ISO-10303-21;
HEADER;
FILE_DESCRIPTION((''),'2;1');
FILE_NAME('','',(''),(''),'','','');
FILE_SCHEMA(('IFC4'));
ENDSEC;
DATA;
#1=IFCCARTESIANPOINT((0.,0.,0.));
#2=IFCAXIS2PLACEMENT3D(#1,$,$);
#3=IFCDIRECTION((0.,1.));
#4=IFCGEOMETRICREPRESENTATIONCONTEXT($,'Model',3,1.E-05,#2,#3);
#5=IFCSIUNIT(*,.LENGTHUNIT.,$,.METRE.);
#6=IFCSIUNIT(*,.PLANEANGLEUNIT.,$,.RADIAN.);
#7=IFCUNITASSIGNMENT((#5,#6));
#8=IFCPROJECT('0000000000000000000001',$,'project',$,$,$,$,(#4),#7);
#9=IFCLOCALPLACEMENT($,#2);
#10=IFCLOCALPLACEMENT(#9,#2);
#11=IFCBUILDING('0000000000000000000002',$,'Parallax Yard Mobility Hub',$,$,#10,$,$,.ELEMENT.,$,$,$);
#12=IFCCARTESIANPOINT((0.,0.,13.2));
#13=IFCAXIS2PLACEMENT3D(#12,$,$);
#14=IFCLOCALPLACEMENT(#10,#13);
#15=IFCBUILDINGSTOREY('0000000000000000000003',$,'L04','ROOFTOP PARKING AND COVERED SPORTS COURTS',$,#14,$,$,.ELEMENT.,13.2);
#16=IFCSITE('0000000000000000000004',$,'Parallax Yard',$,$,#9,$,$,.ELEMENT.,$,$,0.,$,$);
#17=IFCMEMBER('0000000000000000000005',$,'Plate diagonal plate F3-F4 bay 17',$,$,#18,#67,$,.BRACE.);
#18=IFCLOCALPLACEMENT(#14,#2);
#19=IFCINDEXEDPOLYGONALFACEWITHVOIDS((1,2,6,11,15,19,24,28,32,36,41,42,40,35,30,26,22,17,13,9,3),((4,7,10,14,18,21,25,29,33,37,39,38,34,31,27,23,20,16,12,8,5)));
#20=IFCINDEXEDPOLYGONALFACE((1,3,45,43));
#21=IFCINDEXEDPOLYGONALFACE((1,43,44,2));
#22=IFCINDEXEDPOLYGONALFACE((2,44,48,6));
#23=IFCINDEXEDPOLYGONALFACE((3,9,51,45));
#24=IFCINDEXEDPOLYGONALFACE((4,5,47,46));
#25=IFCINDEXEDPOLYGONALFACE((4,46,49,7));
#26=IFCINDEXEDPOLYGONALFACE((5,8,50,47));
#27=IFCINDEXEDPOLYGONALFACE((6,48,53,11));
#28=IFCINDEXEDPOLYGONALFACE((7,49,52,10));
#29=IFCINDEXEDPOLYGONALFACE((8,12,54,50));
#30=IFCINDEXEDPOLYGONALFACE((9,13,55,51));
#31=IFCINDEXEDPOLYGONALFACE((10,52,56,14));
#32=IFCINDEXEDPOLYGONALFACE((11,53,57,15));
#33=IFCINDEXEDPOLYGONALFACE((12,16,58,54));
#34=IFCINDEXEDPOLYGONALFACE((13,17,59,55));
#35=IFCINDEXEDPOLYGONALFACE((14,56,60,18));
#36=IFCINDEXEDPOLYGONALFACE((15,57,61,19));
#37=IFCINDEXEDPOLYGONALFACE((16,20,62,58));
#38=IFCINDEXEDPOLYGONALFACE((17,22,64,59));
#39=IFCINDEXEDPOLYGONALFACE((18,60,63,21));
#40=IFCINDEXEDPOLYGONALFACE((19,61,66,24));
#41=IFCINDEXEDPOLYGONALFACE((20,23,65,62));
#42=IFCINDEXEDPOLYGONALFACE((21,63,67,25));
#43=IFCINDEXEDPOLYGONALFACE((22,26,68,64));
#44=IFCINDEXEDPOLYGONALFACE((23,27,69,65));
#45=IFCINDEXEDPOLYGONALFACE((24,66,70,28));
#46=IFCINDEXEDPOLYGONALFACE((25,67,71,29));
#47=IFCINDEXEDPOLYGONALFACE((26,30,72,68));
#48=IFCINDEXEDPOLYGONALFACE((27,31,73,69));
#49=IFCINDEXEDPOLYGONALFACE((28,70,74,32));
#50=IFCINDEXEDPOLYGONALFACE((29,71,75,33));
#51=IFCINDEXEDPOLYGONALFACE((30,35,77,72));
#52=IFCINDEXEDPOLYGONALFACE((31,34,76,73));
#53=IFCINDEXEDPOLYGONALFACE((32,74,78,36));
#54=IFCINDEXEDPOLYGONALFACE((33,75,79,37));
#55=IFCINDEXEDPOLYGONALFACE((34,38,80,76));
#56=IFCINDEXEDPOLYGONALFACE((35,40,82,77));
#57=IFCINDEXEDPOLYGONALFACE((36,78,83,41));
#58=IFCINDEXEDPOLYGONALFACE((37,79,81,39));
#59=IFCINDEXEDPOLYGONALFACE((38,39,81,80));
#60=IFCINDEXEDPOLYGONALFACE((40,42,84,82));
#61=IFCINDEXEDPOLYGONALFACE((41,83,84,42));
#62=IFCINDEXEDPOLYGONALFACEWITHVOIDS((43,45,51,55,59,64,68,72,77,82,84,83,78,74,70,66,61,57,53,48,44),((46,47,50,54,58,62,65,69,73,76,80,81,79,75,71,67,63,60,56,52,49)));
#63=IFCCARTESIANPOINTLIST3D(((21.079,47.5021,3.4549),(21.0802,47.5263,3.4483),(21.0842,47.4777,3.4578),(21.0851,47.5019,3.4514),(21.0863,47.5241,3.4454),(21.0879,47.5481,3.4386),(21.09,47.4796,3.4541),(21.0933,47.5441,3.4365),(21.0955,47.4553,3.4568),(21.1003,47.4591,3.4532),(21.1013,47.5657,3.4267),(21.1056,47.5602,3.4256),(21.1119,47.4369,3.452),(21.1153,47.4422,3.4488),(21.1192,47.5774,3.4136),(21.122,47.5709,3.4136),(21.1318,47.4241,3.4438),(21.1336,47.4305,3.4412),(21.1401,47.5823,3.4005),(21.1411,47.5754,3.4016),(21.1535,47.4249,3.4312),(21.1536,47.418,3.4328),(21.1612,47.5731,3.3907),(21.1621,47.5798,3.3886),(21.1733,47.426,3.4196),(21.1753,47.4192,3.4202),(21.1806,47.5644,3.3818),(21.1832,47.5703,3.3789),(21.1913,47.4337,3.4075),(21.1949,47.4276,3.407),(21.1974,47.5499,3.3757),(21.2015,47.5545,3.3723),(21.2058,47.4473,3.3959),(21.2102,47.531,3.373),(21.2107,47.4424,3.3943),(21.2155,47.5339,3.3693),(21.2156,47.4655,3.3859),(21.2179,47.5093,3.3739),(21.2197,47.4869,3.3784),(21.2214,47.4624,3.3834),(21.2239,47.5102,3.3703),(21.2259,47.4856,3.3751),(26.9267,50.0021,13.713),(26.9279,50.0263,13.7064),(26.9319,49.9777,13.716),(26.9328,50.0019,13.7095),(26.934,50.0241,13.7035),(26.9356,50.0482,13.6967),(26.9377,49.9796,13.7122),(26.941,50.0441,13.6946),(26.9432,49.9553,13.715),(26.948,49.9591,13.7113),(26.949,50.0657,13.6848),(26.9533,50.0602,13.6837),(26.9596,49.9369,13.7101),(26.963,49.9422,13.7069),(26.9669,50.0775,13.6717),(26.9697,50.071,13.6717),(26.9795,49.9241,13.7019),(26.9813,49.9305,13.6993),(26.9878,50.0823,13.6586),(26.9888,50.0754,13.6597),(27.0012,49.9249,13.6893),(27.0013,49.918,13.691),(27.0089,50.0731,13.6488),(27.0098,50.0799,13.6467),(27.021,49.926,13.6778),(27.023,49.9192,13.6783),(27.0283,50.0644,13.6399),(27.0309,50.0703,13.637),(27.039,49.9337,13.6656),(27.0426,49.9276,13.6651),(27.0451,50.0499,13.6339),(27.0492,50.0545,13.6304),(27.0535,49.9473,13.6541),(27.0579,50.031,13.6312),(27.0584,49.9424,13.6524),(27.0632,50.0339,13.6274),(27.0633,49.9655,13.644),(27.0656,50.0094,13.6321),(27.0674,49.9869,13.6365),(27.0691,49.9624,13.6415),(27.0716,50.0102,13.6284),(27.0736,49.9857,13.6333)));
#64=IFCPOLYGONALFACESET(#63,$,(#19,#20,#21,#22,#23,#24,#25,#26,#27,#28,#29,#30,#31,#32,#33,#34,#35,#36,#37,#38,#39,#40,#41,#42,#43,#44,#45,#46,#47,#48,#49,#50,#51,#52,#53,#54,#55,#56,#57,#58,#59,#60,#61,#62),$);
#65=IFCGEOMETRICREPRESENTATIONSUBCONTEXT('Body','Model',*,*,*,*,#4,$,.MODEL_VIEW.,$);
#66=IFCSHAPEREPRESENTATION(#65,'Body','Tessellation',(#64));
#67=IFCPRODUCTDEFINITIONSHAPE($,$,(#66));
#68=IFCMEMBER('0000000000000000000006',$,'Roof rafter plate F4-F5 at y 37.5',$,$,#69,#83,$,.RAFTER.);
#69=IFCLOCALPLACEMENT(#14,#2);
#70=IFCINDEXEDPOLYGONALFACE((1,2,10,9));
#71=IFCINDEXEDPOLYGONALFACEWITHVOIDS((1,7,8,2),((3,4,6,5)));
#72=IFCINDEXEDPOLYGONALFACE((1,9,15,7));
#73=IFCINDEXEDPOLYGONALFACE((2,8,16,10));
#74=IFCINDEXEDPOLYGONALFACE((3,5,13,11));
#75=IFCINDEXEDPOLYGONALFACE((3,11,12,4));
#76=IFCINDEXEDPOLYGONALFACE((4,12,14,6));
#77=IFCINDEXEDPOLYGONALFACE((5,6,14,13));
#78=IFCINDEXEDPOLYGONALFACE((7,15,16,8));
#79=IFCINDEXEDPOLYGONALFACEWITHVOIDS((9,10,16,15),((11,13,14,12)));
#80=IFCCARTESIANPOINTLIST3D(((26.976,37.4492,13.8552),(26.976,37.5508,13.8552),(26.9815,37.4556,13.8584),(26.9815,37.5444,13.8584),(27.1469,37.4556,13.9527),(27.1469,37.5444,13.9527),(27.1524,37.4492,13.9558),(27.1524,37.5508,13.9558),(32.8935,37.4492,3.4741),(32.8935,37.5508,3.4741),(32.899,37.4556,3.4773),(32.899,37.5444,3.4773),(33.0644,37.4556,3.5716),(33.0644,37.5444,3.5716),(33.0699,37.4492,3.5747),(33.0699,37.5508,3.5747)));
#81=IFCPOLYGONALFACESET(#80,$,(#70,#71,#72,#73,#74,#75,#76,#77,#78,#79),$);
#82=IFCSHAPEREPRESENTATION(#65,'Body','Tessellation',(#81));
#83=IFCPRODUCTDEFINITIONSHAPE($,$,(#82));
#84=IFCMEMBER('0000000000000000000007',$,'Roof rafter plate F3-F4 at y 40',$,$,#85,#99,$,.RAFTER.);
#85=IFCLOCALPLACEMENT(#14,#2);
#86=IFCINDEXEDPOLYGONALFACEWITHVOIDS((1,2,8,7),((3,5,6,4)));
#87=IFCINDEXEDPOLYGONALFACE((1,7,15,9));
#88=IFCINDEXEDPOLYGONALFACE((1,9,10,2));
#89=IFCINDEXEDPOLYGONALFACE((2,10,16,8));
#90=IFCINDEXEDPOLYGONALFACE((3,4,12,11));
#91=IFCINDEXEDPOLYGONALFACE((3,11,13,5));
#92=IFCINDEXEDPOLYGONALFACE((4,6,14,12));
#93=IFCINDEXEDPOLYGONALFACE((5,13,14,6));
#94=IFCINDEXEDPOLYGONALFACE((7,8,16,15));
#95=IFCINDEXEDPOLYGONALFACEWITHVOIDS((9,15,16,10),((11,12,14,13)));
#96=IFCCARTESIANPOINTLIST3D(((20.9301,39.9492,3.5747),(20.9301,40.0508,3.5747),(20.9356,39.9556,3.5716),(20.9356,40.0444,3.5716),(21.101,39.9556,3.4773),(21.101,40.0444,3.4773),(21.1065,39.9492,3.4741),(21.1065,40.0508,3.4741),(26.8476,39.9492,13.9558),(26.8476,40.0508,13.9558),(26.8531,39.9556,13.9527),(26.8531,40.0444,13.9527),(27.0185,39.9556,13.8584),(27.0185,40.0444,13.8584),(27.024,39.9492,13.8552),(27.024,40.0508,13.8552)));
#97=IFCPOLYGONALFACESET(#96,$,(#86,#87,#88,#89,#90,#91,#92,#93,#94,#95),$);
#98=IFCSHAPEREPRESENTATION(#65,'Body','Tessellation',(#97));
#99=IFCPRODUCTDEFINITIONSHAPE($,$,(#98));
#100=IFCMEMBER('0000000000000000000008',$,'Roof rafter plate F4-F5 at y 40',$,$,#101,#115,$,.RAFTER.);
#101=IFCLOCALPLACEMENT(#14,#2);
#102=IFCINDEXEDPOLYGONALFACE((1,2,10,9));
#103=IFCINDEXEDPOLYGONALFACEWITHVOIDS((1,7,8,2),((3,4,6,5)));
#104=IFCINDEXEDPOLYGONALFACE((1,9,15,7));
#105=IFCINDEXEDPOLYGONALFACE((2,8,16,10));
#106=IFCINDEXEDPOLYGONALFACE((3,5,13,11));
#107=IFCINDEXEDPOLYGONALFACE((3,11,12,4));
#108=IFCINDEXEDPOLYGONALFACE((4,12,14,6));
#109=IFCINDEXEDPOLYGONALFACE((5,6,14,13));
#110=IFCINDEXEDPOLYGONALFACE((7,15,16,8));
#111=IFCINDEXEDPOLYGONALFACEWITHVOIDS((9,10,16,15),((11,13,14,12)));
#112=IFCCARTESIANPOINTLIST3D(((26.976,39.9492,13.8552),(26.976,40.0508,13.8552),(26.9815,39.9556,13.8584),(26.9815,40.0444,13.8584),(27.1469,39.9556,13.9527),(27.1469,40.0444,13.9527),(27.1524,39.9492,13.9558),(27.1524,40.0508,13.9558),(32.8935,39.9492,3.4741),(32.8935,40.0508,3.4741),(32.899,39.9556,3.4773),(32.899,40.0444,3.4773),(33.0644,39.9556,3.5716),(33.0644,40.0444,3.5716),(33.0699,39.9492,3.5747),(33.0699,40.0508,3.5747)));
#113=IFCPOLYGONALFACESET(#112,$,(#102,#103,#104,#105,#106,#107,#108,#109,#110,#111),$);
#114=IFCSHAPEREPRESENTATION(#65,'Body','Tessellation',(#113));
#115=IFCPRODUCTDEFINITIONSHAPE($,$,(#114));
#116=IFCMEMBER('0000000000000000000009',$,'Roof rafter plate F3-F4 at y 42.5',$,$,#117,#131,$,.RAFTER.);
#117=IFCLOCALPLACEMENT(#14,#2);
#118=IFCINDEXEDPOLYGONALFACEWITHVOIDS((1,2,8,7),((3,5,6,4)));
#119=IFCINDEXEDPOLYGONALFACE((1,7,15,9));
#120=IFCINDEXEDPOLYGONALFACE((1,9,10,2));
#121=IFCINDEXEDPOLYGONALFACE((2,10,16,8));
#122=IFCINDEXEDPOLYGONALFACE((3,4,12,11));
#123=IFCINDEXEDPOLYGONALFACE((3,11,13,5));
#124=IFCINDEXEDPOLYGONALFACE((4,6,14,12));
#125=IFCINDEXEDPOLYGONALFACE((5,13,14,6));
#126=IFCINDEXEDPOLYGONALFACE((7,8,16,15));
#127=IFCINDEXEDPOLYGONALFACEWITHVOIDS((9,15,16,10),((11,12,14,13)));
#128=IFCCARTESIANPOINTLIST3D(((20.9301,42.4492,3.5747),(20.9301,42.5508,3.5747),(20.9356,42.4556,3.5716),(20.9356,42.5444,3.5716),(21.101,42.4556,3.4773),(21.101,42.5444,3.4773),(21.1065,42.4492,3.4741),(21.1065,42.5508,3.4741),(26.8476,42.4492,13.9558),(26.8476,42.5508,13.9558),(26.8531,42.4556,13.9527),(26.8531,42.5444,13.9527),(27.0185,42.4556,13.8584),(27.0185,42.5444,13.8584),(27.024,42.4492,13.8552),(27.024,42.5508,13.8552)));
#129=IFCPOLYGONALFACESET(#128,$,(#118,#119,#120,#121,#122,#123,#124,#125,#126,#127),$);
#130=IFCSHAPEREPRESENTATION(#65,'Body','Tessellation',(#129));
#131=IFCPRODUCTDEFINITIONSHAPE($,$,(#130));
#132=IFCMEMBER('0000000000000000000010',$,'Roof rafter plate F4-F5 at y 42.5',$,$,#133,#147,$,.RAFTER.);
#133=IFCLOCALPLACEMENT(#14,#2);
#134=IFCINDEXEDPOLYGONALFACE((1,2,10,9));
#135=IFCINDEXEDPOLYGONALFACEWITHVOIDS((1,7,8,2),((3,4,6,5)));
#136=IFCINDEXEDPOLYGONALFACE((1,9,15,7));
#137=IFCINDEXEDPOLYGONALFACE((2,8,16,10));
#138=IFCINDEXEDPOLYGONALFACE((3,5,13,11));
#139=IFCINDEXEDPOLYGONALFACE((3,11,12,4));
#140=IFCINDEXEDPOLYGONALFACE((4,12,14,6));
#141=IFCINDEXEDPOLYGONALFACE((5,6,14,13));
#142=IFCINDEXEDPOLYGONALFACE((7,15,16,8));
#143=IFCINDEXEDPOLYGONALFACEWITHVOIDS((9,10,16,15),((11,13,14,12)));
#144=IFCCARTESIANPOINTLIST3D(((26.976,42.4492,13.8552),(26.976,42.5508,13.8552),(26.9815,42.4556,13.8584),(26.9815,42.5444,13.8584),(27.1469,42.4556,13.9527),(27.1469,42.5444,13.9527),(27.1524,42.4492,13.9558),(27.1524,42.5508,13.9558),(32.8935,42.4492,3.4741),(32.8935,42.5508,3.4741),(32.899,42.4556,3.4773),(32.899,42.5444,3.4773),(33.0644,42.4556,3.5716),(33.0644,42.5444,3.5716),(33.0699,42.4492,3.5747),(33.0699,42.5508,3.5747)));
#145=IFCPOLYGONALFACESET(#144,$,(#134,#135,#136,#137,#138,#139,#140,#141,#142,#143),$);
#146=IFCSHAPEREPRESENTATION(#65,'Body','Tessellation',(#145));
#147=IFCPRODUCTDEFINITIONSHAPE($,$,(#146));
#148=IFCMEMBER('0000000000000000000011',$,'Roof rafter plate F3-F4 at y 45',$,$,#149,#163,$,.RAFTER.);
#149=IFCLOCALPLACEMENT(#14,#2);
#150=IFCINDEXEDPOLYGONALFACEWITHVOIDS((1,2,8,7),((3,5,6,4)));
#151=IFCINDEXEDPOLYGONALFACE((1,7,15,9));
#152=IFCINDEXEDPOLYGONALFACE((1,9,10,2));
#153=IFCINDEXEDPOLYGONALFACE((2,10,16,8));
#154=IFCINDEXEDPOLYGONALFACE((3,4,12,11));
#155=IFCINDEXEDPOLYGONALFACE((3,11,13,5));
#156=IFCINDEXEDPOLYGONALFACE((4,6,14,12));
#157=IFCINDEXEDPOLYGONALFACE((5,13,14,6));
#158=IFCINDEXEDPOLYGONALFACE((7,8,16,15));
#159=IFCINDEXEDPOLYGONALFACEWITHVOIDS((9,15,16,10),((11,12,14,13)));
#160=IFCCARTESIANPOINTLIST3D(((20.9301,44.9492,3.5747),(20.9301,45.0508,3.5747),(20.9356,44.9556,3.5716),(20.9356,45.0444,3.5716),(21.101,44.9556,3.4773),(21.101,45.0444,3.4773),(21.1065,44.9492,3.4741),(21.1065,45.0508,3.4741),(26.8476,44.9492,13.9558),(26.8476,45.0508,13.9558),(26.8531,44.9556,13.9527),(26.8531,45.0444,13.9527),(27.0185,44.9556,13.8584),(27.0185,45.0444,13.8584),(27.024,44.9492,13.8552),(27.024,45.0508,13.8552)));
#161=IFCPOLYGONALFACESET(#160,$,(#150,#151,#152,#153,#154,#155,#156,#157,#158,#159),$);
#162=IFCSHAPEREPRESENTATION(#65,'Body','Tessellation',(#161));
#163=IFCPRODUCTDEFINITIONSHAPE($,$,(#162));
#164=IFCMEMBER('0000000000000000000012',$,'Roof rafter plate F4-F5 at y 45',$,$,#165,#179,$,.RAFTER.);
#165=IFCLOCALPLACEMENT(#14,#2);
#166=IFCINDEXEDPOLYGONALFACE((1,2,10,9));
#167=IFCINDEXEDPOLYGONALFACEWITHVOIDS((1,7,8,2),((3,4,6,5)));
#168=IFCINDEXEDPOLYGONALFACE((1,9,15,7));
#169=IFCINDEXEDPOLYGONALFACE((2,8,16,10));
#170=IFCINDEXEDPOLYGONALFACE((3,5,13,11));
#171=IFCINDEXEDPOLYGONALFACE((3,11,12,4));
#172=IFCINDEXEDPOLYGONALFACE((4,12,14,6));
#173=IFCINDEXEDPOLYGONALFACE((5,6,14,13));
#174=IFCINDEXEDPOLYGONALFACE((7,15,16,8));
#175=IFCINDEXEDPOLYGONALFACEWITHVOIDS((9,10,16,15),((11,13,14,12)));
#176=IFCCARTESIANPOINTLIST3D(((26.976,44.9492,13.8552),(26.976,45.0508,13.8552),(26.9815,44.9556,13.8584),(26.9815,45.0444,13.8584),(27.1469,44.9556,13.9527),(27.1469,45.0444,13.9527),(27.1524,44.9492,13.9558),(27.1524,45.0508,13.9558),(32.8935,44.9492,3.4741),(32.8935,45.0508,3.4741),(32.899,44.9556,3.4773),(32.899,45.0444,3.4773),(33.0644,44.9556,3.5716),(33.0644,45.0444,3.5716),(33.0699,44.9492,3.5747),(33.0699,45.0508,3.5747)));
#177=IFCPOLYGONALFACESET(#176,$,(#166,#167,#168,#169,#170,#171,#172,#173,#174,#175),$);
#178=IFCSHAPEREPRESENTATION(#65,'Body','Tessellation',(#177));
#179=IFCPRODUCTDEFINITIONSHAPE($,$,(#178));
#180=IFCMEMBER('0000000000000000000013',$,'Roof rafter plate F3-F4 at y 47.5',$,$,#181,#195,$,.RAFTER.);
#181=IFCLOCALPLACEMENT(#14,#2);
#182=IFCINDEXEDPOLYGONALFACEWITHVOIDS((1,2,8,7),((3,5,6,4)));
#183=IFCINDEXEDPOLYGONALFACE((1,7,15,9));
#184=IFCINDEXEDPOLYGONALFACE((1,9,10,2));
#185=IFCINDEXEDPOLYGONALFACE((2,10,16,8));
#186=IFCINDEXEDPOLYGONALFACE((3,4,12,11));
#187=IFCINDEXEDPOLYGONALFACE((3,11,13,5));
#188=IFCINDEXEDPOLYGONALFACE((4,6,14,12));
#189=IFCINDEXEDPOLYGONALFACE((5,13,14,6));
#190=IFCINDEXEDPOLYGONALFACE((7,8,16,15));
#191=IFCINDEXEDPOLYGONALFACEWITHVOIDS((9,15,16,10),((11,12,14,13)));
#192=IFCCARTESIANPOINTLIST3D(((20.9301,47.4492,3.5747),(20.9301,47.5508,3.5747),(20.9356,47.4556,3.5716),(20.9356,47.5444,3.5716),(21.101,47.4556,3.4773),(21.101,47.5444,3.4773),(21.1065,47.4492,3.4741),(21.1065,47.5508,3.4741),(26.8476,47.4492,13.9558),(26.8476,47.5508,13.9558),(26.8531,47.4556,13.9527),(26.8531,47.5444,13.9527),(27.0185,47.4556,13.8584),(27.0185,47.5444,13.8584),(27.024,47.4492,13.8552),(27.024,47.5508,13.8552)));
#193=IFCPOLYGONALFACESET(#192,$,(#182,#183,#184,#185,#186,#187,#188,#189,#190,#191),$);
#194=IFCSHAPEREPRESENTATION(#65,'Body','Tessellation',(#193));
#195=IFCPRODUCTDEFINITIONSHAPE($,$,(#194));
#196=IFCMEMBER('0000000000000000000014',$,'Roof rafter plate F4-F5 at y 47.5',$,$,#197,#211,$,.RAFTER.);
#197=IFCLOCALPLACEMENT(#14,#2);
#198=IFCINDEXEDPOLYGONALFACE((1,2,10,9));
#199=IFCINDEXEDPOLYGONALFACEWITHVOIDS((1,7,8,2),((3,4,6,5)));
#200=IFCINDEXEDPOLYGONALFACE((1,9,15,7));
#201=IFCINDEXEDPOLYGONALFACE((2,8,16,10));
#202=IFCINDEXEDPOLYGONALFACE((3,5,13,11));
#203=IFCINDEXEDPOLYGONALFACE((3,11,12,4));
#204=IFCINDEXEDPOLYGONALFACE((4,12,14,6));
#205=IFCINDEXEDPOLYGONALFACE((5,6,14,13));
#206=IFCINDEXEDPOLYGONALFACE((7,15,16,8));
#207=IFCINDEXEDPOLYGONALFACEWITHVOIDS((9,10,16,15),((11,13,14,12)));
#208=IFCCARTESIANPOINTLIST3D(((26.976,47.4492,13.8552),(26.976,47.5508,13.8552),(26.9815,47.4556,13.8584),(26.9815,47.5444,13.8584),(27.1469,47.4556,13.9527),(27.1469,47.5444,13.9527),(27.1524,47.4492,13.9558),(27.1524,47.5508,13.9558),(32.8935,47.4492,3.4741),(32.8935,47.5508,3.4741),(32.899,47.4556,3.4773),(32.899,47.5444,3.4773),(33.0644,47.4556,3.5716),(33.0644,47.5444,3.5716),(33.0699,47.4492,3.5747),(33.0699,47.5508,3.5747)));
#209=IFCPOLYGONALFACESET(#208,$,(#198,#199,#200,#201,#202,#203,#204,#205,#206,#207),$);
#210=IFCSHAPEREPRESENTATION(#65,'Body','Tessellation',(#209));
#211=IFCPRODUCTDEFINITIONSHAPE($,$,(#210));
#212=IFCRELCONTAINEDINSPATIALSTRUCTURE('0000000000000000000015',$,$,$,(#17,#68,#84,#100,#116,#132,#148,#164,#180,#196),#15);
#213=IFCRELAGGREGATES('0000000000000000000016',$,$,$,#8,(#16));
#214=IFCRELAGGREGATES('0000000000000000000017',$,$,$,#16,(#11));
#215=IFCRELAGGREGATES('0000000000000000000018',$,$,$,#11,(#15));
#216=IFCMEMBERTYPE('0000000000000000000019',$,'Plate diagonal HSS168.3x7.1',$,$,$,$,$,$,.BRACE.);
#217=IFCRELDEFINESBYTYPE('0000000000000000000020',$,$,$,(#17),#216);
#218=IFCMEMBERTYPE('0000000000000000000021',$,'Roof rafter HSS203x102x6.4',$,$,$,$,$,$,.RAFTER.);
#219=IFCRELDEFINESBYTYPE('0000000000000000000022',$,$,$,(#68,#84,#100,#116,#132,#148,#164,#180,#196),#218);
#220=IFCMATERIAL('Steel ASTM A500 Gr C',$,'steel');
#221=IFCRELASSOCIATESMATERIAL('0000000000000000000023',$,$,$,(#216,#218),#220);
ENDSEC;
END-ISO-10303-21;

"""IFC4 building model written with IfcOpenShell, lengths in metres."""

from ifc_helpers import new_model, si_unit, direction, frame, origin, origin_2d, place, context, subcontext, project, spatial, hollow_rectangle, hollow_circle, extrude, material, material_profile, profile_set, type_object, element, save


model = new_model("IFC4")

# Units and contexts
model_context = context("Model", 3, precision=1e-05, world=origin(), true_north=direction((0.0, 1.0)))
body_context = subcontext(model_context, "Body", "Model", "MODEL_VIEW")
ifc_project = project(units=[si_unit("LENGTHUNIT", "METRE"), si_unit("PLANEANGLEUNIT", "RADIAN")], contexts=[model_context])

# Site, building, storey
site_placement = place(None, origin())
site = spatial("IfcSite", under=ifc_project, at=site_placement, Name="Parallax Yard", CompositionType="ELEMENT", RefElevation=0.0)
building_placement = place(site_placement, origin())
building = spatial("IfcBuilding", under=site, at=building_placement, Name="Parallax Yard Mobility Hub", CompositionType="ELEMENT")
storey_placement = place(building_placement, frame((0.0, 0.0, 13.2)))
storey = spatial("IfcBuildingStorey", under=building, at=storey_placement, Name="L04", Description="ROOFTOP PARKING AND COVERED SPORTS COURTS", CompositionType="ELEMENT", Elevation=13.2)

# Members
ifc_material_1 = material(Name="Steel ASTM A500 Gr C", Category="steel")
ifc_material_profile_1 = material_profile(ifc_material_1, hollow_circle(Radius=0.0842, WallThickness=0.0071, at=origin_2d()), Name="HSS168.3x7.1")
ifc_profile_set_1 = profile_set([ifc_material_profile_1], Name="Steel ASTM A500 Gr C")
member_type_1 = type_object("IfcMemberType", Name="Plate diagonal HSS168.3x7.1", PredefinedType="BRACE", material=ifc_profile_set_1)
for number, where, z_axis, x_axis, name in (
    (1, (21.1523, 47.5, 3.4136), (0.484499, 0.207134, 0.849916), (-0.393104, 0.919494, 0.0), "Plate diagonal plate F3-F4 bay 17"),
):
    element("IfcMember", number, at=place(storey_placement, frame(where, z_axis=z_axis, x_axis=x_axis)), inside=storey, type_object=member_type_1, Name=name, PredefinedType="BRACE", context=body_context, shape_type="SweptSolid", body=[
        extrude(hollow_circle(Radius=0.0842, WallThickness=0.0071, at=origin_2d()), origin(), (0.0, 0.0, 1.0), 12.0696),
    ])
ifc_material_profile_2 = material_profile(ifc_material_1, hollow_rectangle(XDim=0.1016, YDim=0.2031, WallThickness=0.0063, at=origin_2d()), Name="HSS203x102x6.4")
ifc_profile_set_2 = profile_set([ifc_material_profile_2], Name="Steel ASTM A500 Gr C")
member_type_2 = type_object("IfcMemberType", Name="Roof rafter HSS203x102x6.4", PredefinedType="RAFTER", material=ifc_profile_set_2)
for number, where, z_axis, x_axis, name in (
    (2, (27.0642, 37.5, 13.9055), (0.495219, 0.0, -0.868768), (0.0, 1.0, 0.0), "Roof rafter plate F4-F5 at y 37.5"),
    (3, (21.0183, 40.0, 3.5244), (0.495219, 0.0, 0.868768), (0.0, 1.0, 0.0), "Roof rafter plate F3-F4 at y 40"),
    (4, (27.0642, 40.0, 13.9055), (0.495219, 0.0, -0.868768), (0.0, 1.0, 0.0), "Roof rafter plate F4-F5 at y 40"),
    (5, (21.0183, 42.5, 3.5244), (0.495219, 0.0, 0.868768), (0.0, 1.0, 0.0), "Roof rafter plate F3-F4 at y 42.5"),
    (6, (27.0642, 42.5, 13.9055), (0.495219, 0.0, -0.868768), (0.0, 1.0, 0.0), "Roof rafter plate F4-F5 at y 42.5"),
    (7, (21.0183, 45.0, 3.5244), (0.495219, 0.0, 0.868768), (0.0, 1.0, 0.0), "Roof rafter plate F3-F4 at y 45"),
    (8, (27.0642, 45.0, 13.9055), (0.495219, 0.0, -0.868768), (0.0, 1.0, 0.0), "Roof rafter plate F4-F5 at y 45"),
    (9, (21.0183, 47.5, 3.5244), (0.495219, 0.0, 0.868768), (0.0, 1.0, 0.0), "Roof rafter plate F3-F4 at y 47.5"),
    (10, (27.0642, 47.5, 13.9055), (0.495219, 0.0, -0.868768), (0.0, 1.0, 0.0), "Roof rafter plate F4-F5 at y 47.5"),
):
    element("IfcMember", number, at=place(storey_placement, frame(where, z_axis=z_axis, x_axis=x_axis)), inside=storey, type_object=member_type_2, Name=name, PredefinedType="RAFTER", context=body_context, shape_type="SweptSolid", body=[
        extrude(hollow_rectangle(XDim=0.1016, YDim=0.2031, WallThickness=0.0063, at=origin_2d()), origin(), (0.0, 0.0, 1.0), 11.9492),
    ])

save(model, "model.ifc")
